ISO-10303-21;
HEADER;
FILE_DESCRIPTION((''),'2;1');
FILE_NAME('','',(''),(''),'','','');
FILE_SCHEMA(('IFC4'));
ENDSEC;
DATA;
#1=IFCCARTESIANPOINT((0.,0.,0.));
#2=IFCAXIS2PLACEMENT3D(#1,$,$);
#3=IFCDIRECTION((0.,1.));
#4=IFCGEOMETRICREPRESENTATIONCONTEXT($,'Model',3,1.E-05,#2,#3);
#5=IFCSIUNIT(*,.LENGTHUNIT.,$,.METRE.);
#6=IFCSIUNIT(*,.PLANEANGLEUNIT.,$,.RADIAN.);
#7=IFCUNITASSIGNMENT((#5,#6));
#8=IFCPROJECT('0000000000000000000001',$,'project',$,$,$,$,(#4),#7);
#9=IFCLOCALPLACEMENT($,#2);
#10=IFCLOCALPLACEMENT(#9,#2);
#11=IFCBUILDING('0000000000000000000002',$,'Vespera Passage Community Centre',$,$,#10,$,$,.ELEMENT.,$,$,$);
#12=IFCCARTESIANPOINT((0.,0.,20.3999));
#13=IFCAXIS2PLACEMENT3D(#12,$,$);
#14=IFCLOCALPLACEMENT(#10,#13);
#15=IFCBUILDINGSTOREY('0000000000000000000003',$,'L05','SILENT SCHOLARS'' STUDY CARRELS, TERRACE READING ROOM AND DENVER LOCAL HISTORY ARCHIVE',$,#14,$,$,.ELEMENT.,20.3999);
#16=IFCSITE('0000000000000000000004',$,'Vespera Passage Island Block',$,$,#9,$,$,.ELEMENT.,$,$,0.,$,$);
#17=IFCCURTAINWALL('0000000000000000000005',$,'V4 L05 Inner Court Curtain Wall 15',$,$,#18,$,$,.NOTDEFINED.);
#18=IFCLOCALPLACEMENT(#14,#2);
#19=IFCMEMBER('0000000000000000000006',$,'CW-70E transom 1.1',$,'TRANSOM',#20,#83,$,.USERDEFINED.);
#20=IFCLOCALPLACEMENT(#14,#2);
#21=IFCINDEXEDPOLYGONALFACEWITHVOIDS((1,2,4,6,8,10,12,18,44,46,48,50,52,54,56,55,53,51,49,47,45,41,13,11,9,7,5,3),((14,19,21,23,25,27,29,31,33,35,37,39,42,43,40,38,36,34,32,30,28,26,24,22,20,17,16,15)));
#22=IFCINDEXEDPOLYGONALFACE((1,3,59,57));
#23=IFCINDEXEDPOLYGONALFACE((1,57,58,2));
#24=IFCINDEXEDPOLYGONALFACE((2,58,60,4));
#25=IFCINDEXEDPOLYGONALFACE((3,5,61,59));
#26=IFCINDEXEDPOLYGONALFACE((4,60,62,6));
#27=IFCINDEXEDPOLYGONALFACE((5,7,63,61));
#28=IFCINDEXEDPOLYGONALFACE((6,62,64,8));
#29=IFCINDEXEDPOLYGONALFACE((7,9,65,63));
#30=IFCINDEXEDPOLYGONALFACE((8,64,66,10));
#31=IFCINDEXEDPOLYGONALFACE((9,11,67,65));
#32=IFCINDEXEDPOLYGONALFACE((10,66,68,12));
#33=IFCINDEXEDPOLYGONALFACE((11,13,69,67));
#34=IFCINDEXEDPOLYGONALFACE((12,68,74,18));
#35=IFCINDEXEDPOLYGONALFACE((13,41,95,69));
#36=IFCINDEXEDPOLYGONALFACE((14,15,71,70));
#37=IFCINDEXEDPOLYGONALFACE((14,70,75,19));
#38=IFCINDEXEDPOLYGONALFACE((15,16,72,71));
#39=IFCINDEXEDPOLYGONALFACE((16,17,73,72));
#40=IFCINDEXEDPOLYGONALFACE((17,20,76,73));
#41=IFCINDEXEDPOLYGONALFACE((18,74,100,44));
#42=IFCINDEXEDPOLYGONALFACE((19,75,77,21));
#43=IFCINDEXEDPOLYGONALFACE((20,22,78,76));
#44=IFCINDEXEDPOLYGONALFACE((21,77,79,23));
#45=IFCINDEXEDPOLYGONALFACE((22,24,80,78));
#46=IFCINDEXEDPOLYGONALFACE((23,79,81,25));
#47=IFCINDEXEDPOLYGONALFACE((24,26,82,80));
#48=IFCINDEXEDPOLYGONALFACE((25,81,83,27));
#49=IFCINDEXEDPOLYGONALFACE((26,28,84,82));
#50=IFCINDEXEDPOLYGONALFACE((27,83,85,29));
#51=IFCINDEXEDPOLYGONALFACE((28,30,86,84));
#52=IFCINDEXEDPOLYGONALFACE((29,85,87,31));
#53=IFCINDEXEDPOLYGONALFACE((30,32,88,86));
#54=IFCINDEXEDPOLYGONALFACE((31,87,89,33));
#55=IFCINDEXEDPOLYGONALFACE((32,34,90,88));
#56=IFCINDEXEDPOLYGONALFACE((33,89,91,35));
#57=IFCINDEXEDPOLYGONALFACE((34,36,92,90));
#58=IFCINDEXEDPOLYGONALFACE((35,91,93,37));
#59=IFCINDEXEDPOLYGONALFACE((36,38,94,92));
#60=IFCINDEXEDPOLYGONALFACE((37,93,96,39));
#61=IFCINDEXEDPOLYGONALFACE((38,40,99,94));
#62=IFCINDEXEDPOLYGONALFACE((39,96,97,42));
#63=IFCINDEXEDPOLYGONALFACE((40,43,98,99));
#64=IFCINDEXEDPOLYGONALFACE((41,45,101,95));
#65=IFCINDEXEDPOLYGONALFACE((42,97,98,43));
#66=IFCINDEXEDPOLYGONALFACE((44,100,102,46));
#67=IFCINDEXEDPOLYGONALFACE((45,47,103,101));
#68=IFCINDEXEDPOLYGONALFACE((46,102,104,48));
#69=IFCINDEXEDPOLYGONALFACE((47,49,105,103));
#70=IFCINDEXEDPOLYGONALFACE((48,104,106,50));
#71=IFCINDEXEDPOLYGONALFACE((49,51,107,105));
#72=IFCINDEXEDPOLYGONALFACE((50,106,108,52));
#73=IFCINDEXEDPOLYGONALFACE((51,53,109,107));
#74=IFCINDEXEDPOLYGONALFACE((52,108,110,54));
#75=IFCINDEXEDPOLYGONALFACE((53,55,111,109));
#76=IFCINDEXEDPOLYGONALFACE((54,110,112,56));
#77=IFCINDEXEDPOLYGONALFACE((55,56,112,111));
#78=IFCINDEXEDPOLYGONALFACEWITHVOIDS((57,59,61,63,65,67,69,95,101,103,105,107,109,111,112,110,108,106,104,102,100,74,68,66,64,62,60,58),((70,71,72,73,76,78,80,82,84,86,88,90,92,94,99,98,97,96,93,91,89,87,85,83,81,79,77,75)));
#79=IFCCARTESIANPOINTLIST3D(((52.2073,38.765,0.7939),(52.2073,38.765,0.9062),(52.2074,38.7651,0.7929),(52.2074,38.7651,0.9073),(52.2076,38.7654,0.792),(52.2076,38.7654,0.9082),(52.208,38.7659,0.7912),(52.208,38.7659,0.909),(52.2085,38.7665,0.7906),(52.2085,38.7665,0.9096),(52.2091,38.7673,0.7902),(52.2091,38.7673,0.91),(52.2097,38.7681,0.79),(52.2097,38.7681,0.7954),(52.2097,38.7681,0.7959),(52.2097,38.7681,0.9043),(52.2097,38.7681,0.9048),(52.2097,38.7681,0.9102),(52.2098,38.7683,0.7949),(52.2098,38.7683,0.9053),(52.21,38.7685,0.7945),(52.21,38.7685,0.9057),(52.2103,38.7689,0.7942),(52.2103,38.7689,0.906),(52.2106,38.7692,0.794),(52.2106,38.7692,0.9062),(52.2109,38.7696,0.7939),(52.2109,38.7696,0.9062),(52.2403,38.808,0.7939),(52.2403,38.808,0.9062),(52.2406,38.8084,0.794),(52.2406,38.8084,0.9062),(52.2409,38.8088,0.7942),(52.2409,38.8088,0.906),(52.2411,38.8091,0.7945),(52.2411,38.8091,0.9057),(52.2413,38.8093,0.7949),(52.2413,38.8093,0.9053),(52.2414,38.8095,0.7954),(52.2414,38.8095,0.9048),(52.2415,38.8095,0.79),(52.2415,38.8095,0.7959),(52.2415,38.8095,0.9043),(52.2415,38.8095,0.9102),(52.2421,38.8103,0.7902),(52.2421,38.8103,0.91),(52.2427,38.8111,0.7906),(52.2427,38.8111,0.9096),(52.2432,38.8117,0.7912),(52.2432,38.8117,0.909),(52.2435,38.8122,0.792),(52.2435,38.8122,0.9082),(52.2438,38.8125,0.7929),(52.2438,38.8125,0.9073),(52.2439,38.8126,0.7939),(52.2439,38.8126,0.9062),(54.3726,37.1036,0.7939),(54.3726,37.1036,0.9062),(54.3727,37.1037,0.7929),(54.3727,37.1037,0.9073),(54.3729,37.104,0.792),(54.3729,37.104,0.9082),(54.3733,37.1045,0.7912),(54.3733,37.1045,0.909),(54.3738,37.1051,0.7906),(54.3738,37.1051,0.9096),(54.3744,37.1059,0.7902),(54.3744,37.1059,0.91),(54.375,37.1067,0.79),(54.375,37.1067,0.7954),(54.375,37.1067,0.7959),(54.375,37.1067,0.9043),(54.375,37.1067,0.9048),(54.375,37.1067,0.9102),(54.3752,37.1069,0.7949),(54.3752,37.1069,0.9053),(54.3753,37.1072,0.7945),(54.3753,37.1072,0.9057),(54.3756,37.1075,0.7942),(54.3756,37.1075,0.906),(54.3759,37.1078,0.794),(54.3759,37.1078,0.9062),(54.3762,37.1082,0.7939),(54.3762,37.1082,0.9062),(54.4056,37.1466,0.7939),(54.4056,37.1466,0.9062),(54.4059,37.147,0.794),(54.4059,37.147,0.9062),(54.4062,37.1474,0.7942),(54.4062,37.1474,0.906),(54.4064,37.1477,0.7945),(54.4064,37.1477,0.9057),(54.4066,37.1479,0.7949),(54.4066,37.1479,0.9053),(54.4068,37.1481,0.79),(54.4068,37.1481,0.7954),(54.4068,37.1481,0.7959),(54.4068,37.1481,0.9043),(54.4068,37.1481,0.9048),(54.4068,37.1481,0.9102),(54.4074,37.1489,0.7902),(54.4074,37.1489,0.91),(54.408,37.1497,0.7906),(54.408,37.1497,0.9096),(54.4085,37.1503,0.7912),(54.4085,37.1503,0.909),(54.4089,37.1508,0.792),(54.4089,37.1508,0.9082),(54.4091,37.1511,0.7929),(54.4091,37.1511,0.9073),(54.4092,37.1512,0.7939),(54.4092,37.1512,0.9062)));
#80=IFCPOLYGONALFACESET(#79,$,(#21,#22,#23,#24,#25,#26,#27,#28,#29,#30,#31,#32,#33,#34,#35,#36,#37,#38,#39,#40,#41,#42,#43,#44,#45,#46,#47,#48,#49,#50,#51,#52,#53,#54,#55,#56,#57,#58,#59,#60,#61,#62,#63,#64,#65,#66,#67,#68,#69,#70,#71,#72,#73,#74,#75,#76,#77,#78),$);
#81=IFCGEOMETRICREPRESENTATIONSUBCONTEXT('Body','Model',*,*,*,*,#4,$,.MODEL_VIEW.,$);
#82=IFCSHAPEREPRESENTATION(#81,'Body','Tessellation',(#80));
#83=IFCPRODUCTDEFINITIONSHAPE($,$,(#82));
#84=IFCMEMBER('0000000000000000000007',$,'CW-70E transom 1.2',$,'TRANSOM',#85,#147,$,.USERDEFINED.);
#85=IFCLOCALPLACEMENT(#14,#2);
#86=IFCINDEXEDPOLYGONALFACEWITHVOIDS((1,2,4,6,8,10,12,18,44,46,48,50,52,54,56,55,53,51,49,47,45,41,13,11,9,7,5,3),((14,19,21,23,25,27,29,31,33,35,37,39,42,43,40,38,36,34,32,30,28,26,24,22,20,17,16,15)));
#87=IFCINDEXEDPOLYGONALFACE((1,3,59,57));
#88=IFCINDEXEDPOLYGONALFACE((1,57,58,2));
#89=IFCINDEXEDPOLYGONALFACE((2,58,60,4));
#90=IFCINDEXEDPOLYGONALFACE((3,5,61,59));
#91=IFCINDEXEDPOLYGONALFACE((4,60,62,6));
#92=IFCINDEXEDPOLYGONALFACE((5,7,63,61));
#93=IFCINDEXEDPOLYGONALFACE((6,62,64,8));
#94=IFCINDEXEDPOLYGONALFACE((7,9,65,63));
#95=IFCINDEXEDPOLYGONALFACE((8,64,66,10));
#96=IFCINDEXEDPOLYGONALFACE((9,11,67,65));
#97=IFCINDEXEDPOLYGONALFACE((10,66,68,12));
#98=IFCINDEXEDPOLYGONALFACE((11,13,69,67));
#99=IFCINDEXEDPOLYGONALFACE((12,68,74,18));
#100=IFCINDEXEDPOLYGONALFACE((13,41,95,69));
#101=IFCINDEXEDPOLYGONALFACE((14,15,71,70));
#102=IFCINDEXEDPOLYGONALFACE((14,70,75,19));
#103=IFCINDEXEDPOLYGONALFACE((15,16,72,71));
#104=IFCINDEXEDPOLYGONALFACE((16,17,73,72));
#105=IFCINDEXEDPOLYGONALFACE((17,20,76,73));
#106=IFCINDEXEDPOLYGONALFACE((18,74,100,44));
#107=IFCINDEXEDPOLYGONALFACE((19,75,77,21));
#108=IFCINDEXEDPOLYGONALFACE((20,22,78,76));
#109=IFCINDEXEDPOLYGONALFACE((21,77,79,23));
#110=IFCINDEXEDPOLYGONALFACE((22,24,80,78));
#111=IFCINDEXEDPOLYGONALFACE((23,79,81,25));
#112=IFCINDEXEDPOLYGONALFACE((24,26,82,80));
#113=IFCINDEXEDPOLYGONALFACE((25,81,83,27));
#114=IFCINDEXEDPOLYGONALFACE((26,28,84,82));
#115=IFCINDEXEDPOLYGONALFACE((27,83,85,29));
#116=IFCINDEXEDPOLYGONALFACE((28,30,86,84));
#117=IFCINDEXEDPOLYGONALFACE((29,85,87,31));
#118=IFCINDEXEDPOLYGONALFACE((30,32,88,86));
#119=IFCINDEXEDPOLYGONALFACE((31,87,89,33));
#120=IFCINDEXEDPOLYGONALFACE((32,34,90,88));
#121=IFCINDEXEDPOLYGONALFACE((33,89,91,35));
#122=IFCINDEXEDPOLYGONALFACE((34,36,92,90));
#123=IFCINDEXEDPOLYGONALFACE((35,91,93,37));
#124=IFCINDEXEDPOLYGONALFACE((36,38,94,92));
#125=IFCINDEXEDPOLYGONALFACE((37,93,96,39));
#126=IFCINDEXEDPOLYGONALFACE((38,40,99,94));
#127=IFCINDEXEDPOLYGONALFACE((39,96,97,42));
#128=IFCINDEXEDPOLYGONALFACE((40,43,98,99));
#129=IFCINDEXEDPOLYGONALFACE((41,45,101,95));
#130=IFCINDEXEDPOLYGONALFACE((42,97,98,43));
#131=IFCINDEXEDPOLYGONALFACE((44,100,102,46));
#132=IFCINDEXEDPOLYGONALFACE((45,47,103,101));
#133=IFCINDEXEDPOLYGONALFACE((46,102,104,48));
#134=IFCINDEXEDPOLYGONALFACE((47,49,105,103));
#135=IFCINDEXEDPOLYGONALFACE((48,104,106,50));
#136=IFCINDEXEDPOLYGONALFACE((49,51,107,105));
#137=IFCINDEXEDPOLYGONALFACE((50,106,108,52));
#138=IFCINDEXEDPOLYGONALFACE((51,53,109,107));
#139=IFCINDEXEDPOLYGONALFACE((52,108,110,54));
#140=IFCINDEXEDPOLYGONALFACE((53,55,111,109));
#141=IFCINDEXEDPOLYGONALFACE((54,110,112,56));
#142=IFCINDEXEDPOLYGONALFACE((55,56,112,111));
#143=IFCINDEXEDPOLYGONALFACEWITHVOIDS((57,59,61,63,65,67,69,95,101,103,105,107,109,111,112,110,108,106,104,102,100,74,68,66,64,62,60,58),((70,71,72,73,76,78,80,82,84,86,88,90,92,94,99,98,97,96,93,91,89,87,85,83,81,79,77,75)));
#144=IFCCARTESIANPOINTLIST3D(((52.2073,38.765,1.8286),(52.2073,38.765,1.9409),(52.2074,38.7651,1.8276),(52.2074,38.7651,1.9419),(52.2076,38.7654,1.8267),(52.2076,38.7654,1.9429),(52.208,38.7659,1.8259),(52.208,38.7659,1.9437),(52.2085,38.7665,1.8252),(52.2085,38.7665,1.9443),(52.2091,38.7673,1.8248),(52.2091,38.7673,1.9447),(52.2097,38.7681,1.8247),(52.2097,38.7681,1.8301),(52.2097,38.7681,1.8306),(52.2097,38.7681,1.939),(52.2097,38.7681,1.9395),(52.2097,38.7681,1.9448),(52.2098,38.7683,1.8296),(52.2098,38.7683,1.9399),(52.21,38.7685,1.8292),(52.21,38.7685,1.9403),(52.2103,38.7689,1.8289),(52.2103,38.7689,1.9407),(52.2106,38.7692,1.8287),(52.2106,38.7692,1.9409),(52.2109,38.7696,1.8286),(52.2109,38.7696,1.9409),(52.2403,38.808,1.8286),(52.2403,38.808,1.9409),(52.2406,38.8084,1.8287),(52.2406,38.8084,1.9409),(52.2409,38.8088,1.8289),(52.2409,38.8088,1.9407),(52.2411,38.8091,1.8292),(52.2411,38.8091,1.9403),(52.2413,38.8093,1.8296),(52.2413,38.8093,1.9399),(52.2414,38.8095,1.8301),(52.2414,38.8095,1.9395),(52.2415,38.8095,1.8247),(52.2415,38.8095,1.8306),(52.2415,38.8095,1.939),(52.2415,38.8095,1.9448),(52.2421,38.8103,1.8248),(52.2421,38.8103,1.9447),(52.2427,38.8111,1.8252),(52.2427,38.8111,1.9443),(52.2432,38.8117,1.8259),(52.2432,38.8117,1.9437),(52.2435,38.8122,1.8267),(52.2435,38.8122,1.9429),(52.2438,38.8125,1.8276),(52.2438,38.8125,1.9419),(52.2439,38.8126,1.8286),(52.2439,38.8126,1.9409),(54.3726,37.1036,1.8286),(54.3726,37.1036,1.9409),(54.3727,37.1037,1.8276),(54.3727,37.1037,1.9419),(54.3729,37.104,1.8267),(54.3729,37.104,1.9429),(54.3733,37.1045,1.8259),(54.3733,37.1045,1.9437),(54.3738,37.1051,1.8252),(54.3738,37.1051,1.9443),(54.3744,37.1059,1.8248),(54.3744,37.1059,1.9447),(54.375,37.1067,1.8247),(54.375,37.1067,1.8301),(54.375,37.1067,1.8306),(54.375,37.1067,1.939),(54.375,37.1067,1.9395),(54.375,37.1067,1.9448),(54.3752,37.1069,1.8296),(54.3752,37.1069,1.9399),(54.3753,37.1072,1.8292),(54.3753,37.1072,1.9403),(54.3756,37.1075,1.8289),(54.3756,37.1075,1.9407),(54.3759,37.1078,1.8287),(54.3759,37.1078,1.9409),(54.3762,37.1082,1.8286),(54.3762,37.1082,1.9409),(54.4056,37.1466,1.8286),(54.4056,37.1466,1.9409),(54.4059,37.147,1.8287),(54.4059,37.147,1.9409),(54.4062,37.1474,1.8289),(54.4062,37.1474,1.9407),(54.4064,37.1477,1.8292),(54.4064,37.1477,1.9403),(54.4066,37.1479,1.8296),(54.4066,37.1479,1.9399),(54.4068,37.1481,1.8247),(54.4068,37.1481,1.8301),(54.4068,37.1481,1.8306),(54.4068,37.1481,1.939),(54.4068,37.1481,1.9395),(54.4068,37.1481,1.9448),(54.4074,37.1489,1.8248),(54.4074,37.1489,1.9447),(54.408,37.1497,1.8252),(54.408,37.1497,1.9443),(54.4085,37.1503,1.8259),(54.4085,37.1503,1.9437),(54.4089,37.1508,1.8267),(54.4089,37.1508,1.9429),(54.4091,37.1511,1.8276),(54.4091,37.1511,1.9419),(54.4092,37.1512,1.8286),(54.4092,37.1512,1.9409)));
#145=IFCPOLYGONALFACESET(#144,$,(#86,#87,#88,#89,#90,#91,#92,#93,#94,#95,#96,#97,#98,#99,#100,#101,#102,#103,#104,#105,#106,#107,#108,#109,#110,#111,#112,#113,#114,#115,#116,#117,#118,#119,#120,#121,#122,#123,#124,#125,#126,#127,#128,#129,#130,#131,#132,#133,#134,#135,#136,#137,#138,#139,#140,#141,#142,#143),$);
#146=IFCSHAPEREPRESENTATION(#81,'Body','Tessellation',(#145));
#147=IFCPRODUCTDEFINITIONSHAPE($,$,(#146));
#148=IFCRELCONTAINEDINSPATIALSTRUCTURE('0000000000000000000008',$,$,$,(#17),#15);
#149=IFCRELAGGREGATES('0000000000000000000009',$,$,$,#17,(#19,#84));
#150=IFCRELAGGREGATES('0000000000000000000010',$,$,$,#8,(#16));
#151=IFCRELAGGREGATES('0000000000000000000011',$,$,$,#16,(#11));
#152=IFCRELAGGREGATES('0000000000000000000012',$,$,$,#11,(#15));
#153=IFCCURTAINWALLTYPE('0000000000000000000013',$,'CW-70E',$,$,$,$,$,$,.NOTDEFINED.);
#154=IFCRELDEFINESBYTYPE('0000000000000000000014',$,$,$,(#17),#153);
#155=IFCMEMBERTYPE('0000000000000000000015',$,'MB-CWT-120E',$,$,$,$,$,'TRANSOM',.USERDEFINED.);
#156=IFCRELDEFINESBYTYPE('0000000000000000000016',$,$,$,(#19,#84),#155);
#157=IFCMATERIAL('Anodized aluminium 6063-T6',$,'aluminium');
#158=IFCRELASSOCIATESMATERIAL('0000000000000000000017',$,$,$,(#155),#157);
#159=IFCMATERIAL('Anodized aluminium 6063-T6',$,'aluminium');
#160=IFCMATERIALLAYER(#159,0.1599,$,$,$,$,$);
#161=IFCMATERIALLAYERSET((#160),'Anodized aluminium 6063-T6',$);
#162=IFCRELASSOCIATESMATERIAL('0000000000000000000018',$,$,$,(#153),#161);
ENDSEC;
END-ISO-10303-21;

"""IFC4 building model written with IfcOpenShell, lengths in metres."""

from ifc_helpers import new_model, si_unit, direction, frame, origin, origin_2d, place, context, subcontext, project, spatial, hollow_rectangle, extrude, material, layer, layer_set, material_profile, profile_set, type_object, element, aggregate, save


model = new_model("IFC4")

# Units and contexts
model_context = context("Model", 3, precision=1e-05, world=origin(), true_north=direction((0.0, 1.0)))
body_context = subcontext(model_context, "Body", "Model", "MODEL_VIEW")
ifc_project = project(units=[si_unit("LENGTHUNIT", "METRE"), si_unit("PLANEANGLEUNIT", "RADIAN")], contexts=[model_context])

# Site, building, storey
site_placement = place(None, origin())
site = spatial("IfcSite", under=ifc_project, at=site_placement, Name="Vespera Passage Island Block", CompositionType="ELEMENT", RefElevation=0.0)
building_placement = place(site_placement, origin())
building = spatial("IfcBuilding", under=site, at=building_placement, Name="Vespera Passage Community Centre", CompositionType="ELEMENT")
storey_placement = place(building_placement, frame((0.0, 0.0, 20.3999)))
storey = spatial("IfcBuildingStorey", under=building, at=storey_placement, Name="L05", Description="SILENT SCHOLARS' STUDY CARRELS, TERRACE READING ROOM AND DENVER LOCAL HISTORY ARCHIVE", CompositionType="ELEMENT", Elevation=20.3999)

# Curtain wall, members
ifc_material_1 = material(Name="Anodized aluminium 6063-T6", Category="aluminium")
ifc_material_profile_1 = material_profile(ifc_material_1, hollow_rectangle(XDim=0.0601, YDim=0.1201, WallThickness=0.0039, InnerFilletRadius=0.002, OuterFilletRadius=0.0039, at=origin_2d()), Name="ALU120X60X4")
ifc_profile_set_1 = profile_set([ifc_material_profile_1], Name="Anodized aluminium 6063-T6")
member_type_1 = type_object("IfcMemberType", Name="MB-CWT-120E", ElementType="TRANSOM", PredefinedType="USERDEFINED", material=ifc_profile_set_1)
ifc_material_2 = material(Name="Anodized aluminium 6063-T6", Category="aluminium")
ifc_layer_1 = layer(ifc_material_2, 0.1599)
ifc_layer_set_1 = layer_set([ifc_layer_1], Name="Anodized aluminium 6063-T6")
curtain_wall_type_1 = type_object("IfcCurtainWallType", Name="CW-70E", PredefinedType="NOTDEFINED", material=ifc_layer_set_1)
curtain_wall_1_placement = place(storey_placement, origin())
curtain_wall_1 = element("IfcCurtainWall", 1, at=curtain_wall_1_placement, inside=storey, type_object=curtain_wall_type_1, Name="V4 L05 Inner Court Curtain Wall 15", PredefinedType="NOTDEFINED")
member_1_placement = place(storey_placement, frame((52.2256, 38.7888, 0.8501), z_axis=(0.793372, -0.608738, 0.0), x_axis=(0.608738, 0.793372, 0.0)))
member_1 = element("IfcMember", 2, at=member_1_placement, type_object=member_type_1, Name="CW-70E transom 1.1", ObjectType="TRANSOM", PredefinedType="USERDEFINED", context=body_context, shape_type="SweptSolid", body=[
    extrude(hollow_rectangle(XDim=0.0601, YDim=0.1201, WallThickness=0.0039, InnerFilletRadius=0.002, OuterFilletRadius=0.0039, at=origin_2d()), origin(), (0.0, 0.0, 1.0), 2.7292),
])
member_2_placement = place(storey_placement, frame((52.2256, 38.7888, 1.8848), z_axis=(0.793372, -0.608738, 0.0), x_axis=(0.608738, 0.793372, 0.0)))
member_2 = element("IfcMember", 3, at=member_2_placement, type_object=member_type_1, Name="CW-70E transom 1.2", ObjectType="TRANSOM", PredefinedType="USERDEFINED", context=body_context, shape_type="SweptSolid", body=[
    extrude(hollow_rectangle(XDim=0.0601, YDim=0.1201, WallThickness=0.0039, InnerFilletRadius=0.002, OuterFilletRadius=0.0039, at=origin_2d()), origin(), (0.0, 0.0, 1.0), 2.7292),
])
aggregate(curtain_wall_1, [member_1, member_2])

save(model, "model.ifc")
